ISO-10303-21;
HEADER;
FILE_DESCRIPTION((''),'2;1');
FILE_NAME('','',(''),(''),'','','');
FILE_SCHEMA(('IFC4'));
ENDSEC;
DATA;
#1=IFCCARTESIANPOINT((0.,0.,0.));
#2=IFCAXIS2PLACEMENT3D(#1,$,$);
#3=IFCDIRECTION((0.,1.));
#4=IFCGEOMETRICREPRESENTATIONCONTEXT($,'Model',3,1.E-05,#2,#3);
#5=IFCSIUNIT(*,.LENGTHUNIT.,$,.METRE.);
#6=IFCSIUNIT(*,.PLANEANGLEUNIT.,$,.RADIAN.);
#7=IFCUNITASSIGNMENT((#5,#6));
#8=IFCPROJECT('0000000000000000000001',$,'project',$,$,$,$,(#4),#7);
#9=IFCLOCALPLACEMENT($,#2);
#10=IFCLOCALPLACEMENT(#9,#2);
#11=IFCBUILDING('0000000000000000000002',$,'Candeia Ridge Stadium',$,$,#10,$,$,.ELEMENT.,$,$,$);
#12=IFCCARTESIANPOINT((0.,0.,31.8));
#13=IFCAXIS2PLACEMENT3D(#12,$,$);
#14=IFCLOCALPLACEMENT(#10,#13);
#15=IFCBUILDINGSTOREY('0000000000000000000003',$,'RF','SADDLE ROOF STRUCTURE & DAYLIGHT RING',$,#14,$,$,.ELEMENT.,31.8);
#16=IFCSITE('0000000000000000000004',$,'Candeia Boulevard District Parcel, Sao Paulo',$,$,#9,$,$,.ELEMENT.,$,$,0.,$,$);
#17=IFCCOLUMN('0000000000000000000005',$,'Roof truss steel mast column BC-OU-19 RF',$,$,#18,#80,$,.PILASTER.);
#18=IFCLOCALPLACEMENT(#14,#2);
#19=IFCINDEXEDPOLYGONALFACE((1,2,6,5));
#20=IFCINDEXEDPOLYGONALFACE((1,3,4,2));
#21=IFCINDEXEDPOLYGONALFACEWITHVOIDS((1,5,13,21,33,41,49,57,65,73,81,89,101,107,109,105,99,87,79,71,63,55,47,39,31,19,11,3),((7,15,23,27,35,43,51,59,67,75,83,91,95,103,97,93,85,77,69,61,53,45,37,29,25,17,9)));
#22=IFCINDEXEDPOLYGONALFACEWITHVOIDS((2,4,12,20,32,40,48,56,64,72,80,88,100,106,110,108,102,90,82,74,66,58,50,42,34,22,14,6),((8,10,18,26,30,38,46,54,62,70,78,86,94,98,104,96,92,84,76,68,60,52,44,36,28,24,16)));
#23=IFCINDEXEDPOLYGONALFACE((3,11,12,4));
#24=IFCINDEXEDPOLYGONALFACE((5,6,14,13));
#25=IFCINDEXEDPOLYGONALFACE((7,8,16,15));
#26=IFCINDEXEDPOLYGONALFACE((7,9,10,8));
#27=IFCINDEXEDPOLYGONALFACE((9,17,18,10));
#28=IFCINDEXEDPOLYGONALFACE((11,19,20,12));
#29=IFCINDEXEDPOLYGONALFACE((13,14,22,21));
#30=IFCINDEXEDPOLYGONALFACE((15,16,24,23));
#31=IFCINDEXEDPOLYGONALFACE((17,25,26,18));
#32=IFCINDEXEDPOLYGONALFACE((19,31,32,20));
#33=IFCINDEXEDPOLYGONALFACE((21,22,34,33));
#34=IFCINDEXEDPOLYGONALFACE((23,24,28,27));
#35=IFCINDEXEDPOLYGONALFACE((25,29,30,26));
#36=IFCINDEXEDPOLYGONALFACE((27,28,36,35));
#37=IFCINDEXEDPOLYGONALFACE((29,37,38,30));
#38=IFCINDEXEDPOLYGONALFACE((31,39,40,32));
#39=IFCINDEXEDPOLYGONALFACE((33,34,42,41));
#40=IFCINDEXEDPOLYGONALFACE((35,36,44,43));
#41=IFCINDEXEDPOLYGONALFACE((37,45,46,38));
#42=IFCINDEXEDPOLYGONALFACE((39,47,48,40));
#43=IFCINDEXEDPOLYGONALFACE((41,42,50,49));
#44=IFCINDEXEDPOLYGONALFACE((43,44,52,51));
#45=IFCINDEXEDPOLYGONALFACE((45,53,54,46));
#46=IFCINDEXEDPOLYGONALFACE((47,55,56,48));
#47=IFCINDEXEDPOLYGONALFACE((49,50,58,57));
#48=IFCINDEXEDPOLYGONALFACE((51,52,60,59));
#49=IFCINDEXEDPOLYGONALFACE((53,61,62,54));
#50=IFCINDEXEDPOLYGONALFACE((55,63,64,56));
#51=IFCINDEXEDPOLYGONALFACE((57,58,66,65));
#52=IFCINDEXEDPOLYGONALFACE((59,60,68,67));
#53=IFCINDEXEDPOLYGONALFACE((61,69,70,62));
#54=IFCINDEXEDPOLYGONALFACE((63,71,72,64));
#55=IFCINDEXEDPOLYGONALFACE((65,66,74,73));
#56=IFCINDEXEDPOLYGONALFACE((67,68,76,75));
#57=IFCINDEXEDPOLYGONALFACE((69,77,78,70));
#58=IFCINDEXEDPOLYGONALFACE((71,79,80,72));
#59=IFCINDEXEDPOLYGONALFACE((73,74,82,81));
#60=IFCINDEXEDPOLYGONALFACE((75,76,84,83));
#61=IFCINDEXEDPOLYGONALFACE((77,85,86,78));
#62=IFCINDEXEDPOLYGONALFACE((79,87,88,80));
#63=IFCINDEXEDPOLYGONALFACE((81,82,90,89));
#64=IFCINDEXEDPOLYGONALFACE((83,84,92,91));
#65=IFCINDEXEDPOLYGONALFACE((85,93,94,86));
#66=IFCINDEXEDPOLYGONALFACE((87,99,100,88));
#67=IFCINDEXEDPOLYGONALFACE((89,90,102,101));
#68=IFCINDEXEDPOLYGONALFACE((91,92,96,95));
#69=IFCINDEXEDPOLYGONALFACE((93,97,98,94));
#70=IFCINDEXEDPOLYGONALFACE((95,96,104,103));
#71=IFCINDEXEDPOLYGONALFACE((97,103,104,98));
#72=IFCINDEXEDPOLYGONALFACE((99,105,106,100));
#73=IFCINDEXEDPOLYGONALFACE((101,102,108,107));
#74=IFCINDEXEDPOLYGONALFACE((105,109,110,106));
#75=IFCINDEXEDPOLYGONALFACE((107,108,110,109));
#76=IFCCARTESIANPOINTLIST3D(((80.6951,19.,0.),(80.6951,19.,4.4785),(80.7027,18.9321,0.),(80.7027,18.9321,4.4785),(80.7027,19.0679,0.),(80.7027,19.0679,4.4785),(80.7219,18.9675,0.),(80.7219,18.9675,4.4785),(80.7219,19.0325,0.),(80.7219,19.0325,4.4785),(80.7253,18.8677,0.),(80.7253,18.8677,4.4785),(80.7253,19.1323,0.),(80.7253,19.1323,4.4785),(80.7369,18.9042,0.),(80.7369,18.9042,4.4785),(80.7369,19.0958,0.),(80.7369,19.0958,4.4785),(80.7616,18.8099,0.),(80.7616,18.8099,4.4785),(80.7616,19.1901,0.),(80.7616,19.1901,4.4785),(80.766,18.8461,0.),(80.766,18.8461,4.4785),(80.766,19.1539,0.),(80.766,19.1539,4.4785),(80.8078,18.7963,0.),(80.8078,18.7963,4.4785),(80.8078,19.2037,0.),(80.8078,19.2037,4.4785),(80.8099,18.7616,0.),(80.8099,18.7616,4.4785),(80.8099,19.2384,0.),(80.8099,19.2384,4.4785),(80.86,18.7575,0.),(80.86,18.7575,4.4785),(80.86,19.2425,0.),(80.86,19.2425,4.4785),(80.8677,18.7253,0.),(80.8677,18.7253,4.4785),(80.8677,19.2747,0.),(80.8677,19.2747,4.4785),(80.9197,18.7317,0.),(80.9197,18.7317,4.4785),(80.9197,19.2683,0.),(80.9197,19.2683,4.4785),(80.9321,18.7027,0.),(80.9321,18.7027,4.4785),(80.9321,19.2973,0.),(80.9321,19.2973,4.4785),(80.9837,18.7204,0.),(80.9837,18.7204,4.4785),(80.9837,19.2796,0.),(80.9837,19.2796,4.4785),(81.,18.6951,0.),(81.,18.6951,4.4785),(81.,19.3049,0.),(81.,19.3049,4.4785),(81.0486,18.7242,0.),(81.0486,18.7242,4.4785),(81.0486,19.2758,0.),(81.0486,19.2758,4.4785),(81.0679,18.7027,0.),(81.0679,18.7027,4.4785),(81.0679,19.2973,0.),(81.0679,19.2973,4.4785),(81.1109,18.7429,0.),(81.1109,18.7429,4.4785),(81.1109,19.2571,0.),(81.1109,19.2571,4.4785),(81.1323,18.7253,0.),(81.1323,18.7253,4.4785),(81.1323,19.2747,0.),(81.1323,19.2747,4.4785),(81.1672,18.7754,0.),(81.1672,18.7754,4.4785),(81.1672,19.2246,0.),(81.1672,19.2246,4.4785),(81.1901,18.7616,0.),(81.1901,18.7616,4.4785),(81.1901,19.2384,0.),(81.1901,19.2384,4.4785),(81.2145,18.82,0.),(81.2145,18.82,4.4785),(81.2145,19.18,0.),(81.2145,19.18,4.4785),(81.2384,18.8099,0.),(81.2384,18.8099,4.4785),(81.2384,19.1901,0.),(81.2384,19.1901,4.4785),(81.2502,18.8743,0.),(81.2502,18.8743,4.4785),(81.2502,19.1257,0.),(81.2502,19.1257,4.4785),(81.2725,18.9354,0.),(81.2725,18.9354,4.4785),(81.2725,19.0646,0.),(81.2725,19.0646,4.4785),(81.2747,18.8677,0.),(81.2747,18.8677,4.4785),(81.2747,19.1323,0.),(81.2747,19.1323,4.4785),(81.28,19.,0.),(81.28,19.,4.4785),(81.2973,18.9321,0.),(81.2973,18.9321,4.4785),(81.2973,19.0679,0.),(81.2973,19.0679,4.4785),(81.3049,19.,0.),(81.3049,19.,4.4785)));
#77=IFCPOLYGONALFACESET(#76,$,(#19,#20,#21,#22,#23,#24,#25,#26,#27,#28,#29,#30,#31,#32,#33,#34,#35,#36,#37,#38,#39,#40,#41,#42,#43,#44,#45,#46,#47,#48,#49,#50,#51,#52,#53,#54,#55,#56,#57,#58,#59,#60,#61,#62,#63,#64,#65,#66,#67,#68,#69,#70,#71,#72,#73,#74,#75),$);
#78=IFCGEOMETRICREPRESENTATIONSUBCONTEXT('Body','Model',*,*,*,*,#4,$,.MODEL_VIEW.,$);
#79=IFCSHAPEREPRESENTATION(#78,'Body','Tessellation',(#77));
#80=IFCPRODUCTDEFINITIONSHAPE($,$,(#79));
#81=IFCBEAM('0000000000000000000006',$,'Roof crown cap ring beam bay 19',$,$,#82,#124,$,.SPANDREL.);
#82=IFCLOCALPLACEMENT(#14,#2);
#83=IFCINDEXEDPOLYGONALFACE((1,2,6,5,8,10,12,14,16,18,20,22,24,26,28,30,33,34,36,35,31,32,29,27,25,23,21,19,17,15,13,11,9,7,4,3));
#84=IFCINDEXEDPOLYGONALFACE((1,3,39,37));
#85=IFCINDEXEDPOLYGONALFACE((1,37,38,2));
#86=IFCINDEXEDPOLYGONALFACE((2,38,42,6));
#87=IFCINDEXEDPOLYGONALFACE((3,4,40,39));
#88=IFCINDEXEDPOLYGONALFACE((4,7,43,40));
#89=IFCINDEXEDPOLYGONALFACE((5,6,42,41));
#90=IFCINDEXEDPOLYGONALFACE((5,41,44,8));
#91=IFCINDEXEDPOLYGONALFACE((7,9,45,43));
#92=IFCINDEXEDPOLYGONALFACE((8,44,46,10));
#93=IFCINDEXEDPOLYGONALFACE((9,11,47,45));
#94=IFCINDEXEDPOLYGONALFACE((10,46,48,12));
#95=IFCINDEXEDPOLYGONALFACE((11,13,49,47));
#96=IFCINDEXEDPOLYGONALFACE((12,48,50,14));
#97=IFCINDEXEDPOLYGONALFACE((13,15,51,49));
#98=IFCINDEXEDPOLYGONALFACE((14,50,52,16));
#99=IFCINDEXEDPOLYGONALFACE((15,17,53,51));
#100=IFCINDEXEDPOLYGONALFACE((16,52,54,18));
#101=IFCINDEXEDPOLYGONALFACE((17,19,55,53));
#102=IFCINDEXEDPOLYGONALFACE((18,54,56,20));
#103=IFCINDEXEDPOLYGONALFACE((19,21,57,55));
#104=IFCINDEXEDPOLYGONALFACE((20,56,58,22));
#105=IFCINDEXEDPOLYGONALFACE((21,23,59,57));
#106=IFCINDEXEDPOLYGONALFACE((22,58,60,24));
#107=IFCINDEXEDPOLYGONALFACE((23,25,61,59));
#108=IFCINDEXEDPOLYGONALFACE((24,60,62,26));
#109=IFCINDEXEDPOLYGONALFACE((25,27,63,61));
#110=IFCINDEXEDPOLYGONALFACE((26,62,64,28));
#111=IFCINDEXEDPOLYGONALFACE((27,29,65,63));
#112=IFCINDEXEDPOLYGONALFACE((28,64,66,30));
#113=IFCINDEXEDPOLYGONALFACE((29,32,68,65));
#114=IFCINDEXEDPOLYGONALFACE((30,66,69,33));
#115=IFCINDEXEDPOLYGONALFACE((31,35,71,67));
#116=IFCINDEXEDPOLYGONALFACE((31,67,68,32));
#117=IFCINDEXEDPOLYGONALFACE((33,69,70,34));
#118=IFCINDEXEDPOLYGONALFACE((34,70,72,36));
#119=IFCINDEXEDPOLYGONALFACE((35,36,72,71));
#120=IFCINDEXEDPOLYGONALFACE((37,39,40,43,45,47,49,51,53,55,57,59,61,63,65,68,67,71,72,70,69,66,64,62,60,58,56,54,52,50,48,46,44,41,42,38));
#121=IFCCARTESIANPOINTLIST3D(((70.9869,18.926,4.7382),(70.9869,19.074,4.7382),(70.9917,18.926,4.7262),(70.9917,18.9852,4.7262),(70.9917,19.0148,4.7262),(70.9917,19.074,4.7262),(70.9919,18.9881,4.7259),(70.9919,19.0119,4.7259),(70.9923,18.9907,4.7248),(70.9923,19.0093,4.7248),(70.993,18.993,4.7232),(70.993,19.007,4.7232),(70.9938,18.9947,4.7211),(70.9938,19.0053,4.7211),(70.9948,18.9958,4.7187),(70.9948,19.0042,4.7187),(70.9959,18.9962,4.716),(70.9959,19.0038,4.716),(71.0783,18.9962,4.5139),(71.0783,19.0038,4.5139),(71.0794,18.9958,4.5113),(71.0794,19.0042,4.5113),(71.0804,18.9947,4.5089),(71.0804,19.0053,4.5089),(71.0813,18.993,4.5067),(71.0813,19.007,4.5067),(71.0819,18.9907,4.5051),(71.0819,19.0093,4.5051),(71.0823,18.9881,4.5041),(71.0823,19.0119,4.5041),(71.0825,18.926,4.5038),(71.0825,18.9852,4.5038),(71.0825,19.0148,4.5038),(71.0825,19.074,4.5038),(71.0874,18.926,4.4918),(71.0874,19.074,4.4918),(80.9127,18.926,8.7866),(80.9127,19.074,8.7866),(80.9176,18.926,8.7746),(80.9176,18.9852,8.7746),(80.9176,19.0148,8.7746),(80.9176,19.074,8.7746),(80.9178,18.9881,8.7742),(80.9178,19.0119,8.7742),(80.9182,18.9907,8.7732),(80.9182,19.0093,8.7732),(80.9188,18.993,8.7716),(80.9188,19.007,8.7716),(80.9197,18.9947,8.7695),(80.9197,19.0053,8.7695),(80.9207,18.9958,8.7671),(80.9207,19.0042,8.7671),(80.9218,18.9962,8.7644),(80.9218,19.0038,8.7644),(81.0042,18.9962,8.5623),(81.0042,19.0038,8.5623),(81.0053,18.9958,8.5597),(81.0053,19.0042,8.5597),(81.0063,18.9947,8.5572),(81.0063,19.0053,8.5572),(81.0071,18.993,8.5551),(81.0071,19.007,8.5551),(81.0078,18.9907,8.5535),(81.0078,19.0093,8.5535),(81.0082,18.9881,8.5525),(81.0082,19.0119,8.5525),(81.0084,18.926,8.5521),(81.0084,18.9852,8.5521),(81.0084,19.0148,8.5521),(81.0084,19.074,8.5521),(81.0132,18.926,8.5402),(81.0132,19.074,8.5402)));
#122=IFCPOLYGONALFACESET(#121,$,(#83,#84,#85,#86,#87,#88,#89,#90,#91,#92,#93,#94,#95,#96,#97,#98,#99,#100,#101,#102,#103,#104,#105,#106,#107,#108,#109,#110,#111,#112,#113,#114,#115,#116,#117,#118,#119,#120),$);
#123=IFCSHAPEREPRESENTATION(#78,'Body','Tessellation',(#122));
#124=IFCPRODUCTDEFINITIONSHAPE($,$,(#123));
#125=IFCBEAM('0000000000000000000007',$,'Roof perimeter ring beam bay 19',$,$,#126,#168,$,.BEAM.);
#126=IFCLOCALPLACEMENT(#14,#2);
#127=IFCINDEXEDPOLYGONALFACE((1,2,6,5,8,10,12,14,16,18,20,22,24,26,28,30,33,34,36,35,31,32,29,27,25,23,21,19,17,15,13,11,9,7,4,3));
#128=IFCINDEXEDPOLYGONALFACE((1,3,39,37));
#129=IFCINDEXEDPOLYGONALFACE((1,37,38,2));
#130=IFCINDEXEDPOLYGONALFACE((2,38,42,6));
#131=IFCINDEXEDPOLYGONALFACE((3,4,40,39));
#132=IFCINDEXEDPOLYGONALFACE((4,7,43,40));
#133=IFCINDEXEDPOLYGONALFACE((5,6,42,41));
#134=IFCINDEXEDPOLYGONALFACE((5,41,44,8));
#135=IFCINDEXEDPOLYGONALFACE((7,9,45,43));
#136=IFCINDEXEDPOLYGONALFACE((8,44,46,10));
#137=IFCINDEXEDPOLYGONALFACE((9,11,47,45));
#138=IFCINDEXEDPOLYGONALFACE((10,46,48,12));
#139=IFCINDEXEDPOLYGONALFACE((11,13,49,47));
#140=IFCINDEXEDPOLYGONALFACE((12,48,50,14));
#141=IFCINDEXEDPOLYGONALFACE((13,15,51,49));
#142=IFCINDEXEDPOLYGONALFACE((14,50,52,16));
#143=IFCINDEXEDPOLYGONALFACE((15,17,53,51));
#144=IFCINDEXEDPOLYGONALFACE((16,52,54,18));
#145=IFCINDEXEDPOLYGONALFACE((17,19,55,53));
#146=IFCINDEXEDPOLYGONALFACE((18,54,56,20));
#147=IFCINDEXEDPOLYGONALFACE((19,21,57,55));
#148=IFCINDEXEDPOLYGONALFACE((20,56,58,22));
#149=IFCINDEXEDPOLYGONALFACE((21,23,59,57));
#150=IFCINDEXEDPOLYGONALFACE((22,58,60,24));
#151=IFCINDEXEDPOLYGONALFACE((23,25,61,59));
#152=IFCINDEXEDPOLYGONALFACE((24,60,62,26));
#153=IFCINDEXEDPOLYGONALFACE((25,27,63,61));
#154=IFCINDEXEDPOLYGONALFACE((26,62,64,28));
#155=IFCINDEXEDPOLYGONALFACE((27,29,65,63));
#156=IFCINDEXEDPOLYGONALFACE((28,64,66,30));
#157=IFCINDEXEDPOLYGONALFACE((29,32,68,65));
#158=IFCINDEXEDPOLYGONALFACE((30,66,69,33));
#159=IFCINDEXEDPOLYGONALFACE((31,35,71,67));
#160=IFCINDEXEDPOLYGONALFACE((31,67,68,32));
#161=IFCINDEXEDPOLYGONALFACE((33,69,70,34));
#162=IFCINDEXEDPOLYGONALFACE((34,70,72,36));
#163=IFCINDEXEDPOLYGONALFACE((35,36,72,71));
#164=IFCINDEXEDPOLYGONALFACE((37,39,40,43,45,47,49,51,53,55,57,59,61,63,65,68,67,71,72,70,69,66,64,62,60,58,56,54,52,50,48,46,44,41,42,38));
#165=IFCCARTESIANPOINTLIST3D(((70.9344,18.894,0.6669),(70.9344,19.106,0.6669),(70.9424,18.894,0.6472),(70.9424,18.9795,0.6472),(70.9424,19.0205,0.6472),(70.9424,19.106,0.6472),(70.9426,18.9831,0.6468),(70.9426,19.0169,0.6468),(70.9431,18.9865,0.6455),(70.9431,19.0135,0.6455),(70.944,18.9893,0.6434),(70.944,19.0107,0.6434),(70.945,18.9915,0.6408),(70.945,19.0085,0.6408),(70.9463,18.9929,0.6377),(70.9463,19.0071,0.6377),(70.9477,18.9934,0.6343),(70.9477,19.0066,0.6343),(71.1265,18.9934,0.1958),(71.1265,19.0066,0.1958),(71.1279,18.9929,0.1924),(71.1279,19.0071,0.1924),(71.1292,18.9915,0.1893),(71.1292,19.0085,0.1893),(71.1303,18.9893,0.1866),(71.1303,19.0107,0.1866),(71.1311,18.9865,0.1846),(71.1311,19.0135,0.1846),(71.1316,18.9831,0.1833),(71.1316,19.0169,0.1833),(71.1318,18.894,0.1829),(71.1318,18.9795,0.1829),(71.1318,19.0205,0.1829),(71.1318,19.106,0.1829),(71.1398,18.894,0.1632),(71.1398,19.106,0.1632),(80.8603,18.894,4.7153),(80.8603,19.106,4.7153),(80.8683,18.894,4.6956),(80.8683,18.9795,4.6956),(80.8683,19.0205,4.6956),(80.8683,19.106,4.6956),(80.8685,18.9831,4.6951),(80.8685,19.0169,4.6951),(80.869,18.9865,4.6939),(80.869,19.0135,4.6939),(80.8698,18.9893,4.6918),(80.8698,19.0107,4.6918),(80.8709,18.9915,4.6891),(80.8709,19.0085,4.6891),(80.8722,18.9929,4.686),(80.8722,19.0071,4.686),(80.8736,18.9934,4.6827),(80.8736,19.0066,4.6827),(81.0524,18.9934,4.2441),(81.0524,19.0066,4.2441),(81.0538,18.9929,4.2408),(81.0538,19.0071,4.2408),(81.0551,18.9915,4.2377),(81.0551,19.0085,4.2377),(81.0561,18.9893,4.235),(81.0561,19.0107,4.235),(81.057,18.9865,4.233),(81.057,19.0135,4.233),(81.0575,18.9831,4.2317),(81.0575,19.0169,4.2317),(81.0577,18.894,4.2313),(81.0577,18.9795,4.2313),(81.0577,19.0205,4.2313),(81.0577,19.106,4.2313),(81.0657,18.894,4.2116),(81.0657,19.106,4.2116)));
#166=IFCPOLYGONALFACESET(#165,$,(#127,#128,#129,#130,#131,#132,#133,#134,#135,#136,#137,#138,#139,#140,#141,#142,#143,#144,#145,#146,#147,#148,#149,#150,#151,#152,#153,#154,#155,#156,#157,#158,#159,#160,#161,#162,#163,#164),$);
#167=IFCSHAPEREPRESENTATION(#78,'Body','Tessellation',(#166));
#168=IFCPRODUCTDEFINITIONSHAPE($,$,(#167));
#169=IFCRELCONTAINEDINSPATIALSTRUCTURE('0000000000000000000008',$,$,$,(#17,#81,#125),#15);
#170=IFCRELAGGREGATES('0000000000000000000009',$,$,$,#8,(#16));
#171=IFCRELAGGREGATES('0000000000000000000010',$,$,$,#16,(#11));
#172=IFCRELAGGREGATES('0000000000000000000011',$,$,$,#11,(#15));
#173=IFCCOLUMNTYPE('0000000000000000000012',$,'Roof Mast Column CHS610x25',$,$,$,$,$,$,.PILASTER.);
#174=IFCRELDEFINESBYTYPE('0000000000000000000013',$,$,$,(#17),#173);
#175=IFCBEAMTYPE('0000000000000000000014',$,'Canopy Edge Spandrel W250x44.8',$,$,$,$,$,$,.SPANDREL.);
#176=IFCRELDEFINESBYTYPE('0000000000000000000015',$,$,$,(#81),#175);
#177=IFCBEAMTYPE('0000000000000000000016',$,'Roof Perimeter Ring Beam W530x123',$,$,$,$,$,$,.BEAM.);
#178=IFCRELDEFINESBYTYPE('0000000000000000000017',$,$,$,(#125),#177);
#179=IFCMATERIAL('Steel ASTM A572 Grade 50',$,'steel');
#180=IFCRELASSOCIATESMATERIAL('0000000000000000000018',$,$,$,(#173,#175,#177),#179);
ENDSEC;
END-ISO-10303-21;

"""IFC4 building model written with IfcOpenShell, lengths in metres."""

from ifc_helpers import new_model, si_unit, direction, frame, origin, origin_2d, place, context, subcontext, project, spatial, hollow_circle, i_section, extrude, material, material_profile, profile_set, type_object, element, save


model = new_model("IFC4")

# Units and contexts
model_context = context("Model", 3, precision=1e-05, world=origin(), true_north=direction((0.0, 1.0)))
body_context = subcontext(model_context, "Body", "Model", "MODEL_VIEW")
ifc_project = project(units=[si_unit("LENGTHUNIT", "METRE"), si_unit("PLANEANGLEUNIT", "RADIAN")], contexts=[model_context])

# Site, building, storey
site_placement = place(None, origin())
site = spatial("IfcSite", under=ifc_project, at=site_placement, Name="Candeia Boulevard District Parcel, Sao Paulo", CompositionType="ELEMENT", RefElevation=0.0)
building_placement = place(site_placement, origin())
building = spatial("IfcBuilding", under=site, at=building_placement, Name="Candeia Ridge Stadium", CompositionType="ELEMENT")
storey_placement = place(building_placement, frame((0.0, 0.0, 31.8)))
storey = spatial("IfcBuildingStorey", under=building, at=storey_placement, Name="RF", Description="SADDLE ROOF STRUCTURE & DAYLIGHT RING", CompositionType="ELEMENT", Elevation=31.8)

# Column
ifc_material_1 = material(Name="Steel ASTM A572 Grade 50", Category="steel")
ifc_material_profile_1 = material_profile(ifc_material_1, hollow_circle(Radius=0.3049, WallThickness=0.0249, at=origin_2d()), Name="CHS610x25", Category="steel")
ifc_profile_set_1 = profile_set([ifc_material_profile_1], Name="Steel ASTM A572 Grade 50")
column_type = type_object("IfcColumnType", Name="Roof Mast Column CHS610x25", PredefinedType="PILASTER", material=ifc_profile_set_1)
column_placement = place(storey_placement, frame((81.0, 19.0, 0.0), z_axis=(0.0, 0.0, 1.0), x_axis=(1.0, 0.0, 0.0)))
element("IfcColumn", 1, at=column_placement, inside=storey, type_object=column_type, Name="Roof truss steel mast column BC-OU-19 RF", PredefinedType="PILASTER", context=body_context, shape_type="SweptSolid", body=[
    extrude(hollow_circle(Radius=0.3049, WallThickness=0.0249, at=origin_2d()), origin(), (0.0, 0.0, 1.0), 4.4785),
])

# Beams
ifc_material_profile_2 = material_profile(ifc_material_1, i_section(OverallWidth=0.1479, OverallDepth=0.2661, WebThickness=0.0076, FlangeThickness=0.0129, FilletRadius=0.011, at=origin_2d()), Name="W250x44.8", Category="steel")
ifc_profile_set_2 = profile_set([ifc_material_profile_2], Name="Steel ASTM A572 Grade 50")
beam_type_1 = type_object("IfcBeamType", Name="Canopy Edge Spandrel W250x44.8", PredefinedType="SPANDREL", material=ifc_profile_set_2)
beam_1_placement = place(storey_placement, frame((71.0371, 19.0, 4.615), z_axis=(0.925946, 0.0, 0.377657), x_axis=(0.0, 1.0, 0.0)))
element("IfcBeam", 2, at=beam_1_placement, inside=storey, type_object=beam_type_1, Name="Roof crown cap ring beam bay 19", PredefinedType="SPANDREL", context=body_context, shape_type="SweptSolid", body=[
    extrude(i_section(OverallWidth=0.1479, OverallDepth=0.2661, WebThickness=0.0076, FlangeThickness=0.0129, FilletRadius=0.011, at=origin_2d()), origin(), (0.0, 0.0, 1.0), 10.7197),
])
ifc_material_profile_3 = material_profile(ifc_material_1, i_section(OverallWidth=0.2119, OverallDepth=0.5439, WebThickness=0.0132, FlangeThickness=0.0212, FilletRadius=0.0139, at=origin_2d()), Name="W530x123", Category="steel")
ifc_profile_set_3 = profile_set([ifc_material_profile_3], Name="Steel ASTM A572 Grade 50")
beam_type_2 = type_object("IfcBeamType", Name="Roof Perimeter Ring Beam W530x123", PredefinedType="BEAM", material=ifc_profile_set_3)
beam_2_placement = place(storey_placement, frame((71.0371, 19.0, 0.415), z_axis=(0.925946, 0.0, 0.377657), x_axis=(0.0, 1.0, 0.0)))
element("IfcBeam", 3, at=beam_2_placement, inside=storey, type_object=beam_type_2, Name="Roof perimeter ring beam bay 19", PredefinedType="BEAM", context=body_context, shape_type="SweptSolid", body=[
    extrude(i_section(OverallWidth=0.2119, OverallDepth=0.5439, WebThickness=0.0132, FlangeThickness=0.0212, FilletRadius=0.0139, at=origin_2d()), origin(), (0.0, 0.0, 1.0), 10.7197),
])

save(model, "model.ifc")
